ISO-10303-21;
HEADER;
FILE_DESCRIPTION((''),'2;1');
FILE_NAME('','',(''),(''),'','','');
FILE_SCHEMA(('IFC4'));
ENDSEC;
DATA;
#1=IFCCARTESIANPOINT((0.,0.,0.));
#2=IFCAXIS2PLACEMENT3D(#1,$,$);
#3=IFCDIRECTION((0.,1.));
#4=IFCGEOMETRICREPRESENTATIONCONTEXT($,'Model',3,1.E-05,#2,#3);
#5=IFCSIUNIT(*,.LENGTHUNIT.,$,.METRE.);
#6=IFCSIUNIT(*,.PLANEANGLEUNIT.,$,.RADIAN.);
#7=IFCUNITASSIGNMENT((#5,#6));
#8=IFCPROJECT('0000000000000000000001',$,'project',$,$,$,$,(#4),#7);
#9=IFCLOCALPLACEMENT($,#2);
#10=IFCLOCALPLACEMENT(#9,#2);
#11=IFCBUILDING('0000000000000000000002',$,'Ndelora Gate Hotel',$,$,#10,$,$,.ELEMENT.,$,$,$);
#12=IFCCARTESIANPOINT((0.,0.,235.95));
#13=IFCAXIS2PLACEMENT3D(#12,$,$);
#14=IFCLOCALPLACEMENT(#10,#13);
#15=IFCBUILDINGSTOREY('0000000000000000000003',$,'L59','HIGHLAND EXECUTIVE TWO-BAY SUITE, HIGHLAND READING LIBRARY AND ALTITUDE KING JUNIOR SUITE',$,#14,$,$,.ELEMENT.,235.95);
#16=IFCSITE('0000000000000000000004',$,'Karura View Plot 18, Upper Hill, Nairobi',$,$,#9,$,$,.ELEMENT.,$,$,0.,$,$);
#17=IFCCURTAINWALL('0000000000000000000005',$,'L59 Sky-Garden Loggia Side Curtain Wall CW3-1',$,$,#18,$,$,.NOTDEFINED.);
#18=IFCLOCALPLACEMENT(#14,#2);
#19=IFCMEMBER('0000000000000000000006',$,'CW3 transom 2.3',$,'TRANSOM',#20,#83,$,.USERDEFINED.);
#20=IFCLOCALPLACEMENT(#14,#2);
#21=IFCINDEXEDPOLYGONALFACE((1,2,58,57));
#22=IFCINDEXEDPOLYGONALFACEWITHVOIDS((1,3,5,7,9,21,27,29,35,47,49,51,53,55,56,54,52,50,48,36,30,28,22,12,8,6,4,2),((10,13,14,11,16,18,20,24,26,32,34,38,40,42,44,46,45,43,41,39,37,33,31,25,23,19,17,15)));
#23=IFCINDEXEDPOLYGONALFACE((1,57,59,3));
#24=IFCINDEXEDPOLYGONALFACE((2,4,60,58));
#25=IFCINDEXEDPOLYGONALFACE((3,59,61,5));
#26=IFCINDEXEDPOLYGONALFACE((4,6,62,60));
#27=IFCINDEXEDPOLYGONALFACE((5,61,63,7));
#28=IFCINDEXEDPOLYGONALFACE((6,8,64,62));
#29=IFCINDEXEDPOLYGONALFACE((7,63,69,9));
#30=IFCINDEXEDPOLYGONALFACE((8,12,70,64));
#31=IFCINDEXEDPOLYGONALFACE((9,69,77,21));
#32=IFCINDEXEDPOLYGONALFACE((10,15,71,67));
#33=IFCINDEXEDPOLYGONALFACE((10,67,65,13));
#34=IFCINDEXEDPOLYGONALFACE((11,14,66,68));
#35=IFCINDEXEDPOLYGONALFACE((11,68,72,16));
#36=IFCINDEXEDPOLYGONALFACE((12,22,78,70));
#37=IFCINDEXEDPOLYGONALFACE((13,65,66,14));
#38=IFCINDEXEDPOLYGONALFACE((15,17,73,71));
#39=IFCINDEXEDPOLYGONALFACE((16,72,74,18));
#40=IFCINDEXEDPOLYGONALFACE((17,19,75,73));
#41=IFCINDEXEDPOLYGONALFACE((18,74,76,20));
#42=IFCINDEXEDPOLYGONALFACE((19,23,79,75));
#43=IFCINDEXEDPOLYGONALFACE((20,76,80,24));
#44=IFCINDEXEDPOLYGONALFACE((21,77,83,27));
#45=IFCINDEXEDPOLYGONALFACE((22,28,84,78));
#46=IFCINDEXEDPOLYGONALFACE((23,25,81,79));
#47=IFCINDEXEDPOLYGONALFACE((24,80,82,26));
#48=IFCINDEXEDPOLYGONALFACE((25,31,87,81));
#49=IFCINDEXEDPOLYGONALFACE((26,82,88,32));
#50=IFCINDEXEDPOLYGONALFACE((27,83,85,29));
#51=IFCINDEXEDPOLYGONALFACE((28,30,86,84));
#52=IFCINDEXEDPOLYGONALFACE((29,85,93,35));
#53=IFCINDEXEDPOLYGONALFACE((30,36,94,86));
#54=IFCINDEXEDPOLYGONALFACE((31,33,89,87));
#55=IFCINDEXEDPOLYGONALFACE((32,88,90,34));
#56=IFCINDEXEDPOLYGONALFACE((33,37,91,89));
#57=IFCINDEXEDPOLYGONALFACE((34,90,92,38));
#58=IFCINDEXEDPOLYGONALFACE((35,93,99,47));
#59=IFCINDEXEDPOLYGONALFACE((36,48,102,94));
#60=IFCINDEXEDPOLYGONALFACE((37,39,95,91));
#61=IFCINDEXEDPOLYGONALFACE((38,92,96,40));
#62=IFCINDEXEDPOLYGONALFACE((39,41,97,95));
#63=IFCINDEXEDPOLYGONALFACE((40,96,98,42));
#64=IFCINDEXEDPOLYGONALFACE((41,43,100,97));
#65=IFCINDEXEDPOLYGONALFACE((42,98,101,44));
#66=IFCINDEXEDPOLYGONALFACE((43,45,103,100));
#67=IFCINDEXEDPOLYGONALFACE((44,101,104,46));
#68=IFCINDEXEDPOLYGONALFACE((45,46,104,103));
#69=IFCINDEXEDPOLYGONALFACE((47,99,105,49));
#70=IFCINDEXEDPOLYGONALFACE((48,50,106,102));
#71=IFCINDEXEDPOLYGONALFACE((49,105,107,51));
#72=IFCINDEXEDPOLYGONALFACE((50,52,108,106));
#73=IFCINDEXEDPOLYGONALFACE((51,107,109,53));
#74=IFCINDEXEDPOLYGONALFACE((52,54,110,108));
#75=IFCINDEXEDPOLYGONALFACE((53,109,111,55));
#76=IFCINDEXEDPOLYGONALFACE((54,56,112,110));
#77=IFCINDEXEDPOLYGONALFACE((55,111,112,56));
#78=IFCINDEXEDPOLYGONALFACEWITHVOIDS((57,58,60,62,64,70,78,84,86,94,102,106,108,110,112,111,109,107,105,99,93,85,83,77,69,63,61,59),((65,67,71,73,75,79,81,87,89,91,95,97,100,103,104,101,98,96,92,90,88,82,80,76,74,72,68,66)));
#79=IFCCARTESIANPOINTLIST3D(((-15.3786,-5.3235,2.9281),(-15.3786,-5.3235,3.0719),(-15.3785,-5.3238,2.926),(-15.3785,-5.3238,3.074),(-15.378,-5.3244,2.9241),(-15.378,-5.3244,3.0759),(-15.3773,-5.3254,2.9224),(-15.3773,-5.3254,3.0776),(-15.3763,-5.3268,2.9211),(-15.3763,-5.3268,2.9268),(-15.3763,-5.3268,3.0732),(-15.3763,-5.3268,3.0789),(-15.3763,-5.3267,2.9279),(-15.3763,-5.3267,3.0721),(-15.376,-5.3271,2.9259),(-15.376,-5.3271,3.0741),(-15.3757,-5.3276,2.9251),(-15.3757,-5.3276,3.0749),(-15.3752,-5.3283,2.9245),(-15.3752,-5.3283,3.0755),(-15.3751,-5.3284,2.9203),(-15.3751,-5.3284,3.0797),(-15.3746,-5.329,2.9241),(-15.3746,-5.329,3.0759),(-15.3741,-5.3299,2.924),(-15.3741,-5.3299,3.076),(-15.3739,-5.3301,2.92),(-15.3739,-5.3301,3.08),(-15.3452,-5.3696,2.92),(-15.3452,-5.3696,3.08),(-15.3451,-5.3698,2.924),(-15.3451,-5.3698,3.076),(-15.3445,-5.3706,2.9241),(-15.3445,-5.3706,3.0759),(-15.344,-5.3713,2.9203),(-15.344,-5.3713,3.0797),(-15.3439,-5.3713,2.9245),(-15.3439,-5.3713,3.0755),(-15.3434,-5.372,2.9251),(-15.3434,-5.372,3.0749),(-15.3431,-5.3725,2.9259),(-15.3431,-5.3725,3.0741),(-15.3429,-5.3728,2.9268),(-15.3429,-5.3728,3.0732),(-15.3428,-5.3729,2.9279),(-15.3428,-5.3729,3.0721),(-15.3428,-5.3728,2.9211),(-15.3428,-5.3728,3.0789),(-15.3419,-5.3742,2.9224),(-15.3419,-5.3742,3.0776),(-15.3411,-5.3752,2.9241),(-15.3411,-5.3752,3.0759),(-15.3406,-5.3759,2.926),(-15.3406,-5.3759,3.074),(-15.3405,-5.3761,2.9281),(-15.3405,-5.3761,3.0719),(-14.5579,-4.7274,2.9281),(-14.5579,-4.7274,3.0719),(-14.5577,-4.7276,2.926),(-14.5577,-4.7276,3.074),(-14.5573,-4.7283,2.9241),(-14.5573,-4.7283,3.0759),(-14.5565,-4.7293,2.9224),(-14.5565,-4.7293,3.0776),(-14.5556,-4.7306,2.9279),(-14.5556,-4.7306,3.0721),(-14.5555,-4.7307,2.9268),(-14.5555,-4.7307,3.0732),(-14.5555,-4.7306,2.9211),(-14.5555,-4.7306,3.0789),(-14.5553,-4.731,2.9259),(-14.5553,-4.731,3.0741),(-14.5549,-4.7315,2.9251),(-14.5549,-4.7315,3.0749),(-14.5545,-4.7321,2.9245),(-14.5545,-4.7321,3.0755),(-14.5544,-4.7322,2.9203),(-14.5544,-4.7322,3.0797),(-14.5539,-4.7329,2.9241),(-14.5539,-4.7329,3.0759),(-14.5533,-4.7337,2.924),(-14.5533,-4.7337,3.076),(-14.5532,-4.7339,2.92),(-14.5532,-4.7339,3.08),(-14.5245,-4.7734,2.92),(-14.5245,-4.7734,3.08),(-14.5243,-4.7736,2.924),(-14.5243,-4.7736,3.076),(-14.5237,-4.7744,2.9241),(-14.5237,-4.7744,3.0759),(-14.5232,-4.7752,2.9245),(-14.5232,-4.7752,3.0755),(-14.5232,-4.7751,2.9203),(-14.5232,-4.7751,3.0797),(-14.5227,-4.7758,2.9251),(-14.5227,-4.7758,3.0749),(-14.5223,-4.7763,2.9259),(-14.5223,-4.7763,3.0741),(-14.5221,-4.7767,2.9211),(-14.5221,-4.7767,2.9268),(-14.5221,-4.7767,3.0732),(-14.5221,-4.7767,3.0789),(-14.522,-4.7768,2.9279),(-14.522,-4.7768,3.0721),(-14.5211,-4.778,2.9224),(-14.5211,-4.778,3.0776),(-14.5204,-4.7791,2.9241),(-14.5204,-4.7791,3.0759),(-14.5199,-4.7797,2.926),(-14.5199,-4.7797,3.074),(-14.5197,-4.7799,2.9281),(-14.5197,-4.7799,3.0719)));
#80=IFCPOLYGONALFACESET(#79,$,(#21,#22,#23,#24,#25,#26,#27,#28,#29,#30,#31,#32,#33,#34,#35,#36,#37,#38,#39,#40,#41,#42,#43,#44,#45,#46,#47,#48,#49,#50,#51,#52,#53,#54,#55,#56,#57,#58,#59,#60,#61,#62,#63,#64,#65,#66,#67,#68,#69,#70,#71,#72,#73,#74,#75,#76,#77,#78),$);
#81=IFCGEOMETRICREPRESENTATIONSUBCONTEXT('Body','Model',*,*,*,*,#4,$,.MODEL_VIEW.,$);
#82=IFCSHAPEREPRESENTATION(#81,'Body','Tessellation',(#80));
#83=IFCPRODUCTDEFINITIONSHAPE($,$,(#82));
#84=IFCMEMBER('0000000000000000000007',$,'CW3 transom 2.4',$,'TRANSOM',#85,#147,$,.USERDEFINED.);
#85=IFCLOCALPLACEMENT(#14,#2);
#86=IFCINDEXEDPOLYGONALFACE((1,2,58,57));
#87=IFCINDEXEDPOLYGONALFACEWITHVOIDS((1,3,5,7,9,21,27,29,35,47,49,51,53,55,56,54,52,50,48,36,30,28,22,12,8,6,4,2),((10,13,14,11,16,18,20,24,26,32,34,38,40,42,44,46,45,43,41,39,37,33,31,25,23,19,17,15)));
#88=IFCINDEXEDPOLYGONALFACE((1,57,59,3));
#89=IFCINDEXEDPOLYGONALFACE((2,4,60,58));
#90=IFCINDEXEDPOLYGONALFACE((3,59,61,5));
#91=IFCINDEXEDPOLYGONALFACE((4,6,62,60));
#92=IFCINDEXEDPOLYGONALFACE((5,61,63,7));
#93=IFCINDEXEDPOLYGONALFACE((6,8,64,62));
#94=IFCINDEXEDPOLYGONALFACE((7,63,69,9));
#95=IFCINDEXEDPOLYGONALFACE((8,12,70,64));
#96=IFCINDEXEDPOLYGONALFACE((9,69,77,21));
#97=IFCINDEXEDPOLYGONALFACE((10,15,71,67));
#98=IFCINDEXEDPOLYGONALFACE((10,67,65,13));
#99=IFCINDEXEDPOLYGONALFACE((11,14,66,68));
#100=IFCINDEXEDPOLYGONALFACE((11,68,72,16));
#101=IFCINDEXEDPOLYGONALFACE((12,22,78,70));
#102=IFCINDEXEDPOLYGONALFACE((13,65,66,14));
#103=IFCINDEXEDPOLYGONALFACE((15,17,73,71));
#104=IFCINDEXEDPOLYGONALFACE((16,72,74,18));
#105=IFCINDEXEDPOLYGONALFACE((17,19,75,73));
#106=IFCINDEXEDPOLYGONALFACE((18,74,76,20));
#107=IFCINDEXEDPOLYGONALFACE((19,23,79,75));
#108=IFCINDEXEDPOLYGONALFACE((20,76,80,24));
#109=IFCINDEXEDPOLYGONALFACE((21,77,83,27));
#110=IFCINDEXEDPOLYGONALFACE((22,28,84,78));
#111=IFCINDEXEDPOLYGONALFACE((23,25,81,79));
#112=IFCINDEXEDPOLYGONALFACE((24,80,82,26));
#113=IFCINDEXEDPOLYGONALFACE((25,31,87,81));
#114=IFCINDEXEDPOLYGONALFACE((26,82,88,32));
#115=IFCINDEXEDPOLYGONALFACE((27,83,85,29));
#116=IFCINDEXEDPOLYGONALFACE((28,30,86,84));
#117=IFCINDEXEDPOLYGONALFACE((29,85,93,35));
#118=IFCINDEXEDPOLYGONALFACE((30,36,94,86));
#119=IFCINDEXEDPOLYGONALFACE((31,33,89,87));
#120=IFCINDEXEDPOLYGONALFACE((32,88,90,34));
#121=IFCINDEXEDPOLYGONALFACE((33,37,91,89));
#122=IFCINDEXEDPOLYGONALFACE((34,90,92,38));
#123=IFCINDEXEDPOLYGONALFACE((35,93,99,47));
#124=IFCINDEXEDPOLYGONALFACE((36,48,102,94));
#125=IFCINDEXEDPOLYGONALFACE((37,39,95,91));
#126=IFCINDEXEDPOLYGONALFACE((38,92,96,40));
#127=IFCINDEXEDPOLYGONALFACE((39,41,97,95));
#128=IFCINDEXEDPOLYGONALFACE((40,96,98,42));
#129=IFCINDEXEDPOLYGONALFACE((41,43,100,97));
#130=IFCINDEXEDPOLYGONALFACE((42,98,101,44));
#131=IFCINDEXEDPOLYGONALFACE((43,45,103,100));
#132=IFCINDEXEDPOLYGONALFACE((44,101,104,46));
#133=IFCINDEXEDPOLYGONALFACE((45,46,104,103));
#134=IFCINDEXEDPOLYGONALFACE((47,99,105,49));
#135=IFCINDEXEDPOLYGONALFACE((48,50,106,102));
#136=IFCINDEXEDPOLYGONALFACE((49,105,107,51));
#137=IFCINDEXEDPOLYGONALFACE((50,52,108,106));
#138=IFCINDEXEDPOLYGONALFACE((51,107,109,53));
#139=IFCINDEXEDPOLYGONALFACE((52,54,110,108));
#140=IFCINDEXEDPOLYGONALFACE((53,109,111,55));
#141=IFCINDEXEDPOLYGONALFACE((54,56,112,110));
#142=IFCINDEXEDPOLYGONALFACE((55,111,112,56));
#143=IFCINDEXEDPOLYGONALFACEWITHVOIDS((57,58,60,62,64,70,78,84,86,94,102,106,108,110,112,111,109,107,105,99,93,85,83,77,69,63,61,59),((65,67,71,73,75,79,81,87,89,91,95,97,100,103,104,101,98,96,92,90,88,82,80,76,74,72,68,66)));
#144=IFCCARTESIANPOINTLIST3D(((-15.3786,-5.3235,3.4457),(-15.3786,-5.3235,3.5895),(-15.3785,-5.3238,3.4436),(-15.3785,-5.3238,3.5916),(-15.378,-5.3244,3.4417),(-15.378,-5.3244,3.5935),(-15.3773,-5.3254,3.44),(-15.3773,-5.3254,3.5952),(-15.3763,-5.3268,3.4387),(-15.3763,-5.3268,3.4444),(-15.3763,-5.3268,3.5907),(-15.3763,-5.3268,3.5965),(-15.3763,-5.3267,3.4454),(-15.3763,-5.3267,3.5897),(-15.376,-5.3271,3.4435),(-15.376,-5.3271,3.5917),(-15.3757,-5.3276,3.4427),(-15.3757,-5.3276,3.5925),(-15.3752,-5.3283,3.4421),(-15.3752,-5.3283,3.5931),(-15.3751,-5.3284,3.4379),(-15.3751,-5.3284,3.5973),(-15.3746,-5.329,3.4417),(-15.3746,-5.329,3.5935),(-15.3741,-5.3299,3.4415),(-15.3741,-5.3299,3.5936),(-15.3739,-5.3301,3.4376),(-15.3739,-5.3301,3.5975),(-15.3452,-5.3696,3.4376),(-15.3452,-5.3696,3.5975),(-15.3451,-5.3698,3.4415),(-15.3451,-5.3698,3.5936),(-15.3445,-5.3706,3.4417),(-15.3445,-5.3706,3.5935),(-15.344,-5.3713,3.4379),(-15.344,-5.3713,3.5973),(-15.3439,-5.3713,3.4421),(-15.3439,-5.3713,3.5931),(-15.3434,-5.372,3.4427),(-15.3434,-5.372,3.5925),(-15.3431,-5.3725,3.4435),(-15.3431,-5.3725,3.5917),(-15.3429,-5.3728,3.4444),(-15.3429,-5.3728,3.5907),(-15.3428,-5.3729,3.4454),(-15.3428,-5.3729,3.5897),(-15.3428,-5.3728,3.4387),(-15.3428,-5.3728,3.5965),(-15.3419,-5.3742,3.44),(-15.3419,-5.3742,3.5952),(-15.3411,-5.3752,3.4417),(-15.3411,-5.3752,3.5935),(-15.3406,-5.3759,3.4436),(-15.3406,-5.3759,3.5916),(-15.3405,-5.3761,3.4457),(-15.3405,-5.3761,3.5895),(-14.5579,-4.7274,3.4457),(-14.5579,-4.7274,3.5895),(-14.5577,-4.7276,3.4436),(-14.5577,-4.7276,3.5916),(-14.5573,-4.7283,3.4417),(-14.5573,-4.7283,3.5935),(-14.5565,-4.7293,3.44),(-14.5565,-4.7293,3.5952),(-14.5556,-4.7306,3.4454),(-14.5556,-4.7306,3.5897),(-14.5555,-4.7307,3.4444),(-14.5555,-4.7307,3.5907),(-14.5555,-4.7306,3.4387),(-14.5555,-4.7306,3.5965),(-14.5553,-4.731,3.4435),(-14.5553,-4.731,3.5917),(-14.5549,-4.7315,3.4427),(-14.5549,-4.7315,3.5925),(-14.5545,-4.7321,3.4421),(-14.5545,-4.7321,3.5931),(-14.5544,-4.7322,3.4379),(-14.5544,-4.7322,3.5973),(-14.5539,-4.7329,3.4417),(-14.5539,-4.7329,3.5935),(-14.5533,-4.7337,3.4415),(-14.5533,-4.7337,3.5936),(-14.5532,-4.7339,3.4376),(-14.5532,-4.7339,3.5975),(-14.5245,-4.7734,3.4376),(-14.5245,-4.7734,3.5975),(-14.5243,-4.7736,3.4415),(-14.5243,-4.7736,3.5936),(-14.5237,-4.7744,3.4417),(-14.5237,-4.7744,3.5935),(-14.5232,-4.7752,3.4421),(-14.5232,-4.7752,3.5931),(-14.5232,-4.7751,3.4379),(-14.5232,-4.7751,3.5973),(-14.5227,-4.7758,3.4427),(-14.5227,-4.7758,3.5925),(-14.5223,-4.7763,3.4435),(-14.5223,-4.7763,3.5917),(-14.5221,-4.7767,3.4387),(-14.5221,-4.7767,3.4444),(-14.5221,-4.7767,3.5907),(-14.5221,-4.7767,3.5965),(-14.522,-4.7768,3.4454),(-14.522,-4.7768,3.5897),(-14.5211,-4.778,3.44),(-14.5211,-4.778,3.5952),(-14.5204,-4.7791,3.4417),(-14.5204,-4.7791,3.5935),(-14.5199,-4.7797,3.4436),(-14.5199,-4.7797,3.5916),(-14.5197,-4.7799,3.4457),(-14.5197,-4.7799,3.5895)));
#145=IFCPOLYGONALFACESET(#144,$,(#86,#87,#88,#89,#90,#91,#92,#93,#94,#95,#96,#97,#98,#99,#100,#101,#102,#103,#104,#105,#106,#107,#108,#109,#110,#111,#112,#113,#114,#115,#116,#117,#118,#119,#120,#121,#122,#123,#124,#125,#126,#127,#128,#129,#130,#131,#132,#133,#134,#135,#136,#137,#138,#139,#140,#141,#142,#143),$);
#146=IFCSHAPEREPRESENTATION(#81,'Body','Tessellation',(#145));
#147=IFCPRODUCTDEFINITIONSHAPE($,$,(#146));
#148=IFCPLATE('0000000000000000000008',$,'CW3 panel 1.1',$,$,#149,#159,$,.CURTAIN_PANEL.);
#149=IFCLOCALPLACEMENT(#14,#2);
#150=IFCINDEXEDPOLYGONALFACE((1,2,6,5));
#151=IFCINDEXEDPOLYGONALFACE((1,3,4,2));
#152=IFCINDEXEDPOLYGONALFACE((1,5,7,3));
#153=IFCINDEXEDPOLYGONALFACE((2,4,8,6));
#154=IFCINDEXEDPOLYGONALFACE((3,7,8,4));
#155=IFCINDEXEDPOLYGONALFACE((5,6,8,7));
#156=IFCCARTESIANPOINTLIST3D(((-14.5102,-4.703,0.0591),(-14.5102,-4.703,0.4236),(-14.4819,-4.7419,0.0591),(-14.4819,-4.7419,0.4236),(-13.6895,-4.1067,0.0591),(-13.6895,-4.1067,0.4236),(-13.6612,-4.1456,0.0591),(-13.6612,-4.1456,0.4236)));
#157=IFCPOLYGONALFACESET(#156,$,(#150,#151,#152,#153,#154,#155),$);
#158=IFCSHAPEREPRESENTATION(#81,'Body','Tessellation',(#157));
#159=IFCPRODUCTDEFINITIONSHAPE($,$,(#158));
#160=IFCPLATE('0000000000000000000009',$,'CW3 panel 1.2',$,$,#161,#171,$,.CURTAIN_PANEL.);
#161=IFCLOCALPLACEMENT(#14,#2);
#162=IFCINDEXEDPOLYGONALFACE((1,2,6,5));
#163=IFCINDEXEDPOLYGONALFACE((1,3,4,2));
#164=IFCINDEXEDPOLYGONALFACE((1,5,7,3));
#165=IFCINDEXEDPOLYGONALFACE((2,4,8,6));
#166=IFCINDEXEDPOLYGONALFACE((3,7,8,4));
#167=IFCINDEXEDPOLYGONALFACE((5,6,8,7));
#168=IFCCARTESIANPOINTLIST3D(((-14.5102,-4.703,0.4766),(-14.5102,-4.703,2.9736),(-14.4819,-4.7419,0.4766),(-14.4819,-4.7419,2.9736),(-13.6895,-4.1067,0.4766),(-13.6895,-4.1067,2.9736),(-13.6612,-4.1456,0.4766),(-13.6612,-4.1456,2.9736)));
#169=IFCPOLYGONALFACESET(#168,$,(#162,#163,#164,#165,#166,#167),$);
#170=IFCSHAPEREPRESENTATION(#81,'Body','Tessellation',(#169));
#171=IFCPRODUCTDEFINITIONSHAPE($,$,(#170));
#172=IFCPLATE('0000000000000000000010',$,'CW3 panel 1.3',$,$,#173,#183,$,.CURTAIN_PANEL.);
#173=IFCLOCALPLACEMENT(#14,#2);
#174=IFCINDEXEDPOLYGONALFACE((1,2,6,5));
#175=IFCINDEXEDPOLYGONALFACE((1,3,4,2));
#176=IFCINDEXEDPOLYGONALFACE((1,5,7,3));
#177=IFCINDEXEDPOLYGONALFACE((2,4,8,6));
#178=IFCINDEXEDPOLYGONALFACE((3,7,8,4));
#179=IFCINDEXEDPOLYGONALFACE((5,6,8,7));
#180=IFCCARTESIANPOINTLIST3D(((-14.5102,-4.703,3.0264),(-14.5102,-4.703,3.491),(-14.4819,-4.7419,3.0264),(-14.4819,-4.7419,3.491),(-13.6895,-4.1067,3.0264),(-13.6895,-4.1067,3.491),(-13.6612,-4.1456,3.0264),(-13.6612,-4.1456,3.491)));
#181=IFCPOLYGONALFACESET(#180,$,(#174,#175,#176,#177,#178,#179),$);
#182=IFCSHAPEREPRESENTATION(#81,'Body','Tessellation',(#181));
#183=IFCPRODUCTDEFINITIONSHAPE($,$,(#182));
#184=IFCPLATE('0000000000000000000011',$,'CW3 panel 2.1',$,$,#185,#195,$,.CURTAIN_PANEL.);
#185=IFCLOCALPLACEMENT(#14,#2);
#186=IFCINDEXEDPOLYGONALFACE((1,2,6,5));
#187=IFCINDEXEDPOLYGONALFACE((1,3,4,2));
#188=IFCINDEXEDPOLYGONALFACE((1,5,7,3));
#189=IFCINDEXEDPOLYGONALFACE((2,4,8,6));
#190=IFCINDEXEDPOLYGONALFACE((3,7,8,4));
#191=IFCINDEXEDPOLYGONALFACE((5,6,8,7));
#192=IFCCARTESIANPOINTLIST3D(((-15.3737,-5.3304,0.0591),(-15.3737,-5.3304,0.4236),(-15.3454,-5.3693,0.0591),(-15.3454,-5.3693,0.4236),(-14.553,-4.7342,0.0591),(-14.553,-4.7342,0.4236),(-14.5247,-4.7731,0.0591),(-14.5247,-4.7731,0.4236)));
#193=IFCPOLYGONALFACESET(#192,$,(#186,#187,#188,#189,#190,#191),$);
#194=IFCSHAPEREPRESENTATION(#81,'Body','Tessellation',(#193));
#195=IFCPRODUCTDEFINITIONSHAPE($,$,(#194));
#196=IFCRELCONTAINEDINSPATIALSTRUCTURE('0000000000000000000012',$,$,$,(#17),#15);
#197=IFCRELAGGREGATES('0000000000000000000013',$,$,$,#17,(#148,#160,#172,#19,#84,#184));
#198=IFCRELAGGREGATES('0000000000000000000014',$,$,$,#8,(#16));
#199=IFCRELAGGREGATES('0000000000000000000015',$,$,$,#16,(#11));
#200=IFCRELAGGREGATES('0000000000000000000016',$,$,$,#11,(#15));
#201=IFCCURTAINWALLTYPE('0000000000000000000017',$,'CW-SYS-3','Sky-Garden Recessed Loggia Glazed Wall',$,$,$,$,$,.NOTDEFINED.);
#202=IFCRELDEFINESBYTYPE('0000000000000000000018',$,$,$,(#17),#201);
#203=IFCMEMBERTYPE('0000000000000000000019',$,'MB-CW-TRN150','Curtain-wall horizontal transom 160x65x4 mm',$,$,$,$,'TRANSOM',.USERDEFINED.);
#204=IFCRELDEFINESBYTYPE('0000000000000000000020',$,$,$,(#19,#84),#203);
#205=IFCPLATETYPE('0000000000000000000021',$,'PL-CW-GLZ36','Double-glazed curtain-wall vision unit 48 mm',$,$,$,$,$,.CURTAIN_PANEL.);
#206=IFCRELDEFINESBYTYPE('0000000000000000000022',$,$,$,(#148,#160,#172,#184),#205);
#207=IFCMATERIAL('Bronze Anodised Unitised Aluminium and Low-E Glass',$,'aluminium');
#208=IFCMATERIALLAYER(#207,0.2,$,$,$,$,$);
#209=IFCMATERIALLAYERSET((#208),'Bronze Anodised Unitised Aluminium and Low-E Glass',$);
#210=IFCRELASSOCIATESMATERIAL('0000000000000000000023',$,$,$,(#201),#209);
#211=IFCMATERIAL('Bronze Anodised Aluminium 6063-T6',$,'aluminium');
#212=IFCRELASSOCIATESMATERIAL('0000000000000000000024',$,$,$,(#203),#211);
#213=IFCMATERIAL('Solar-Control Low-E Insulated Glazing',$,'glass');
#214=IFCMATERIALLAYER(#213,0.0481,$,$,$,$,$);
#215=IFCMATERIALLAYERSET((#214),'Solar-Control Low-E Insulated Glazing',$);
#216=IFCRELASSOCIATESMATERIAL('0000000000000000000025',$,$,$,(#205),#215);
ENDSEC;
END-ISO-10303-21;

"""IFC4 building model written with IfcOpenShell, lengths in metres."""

from ifc_helpers import new_model, si_unit, direction, frame, origin, origin_2d, place, context, subcontext, project, spatial, rectangle, hollow_rectangle, extrude, material, layer, layer_set, material_profile, profile_set, type_object, element, aggregate, save


model = new_model("IFC4")

# Units and contexts
model_context = context("Model", 3, precision=1e-05, world=origin(), true_north=direction((0.0, 1.0)))
body_context = subcontext(model_context, "Body", "Model", "MODEL_VIEW")
ifc_project = project(units=[si_unit("LENGTHUNIT", "METRE"), si_unit("PLANEANGLEUNIT", "RADIAN")], contexts=[model_context])

# Site, building, storey
site_placement = place(None, origin())
site = spatial("IfcSite", under=ifc_project, at=site_placement, Name="Karura View Plot 18, Upper Hill, Nairobi", CompositionType="ELEMENT", RefElevation=0.0)
building_placement = place(site_placement, origin())
building = spatial("IfcBuilding", under=site, at=building_placement, Name="Ndelora Gate Hotel", CompositionType="ELEMENT")
storey_placement = place(building_placement, frame((0.0, 0.0, 235.95)))
storey = spatial("IfcBuildingStorey", under=building, at=storey_placement, Name="L59", Description="HIGHLAND EXECUTIVE TWO-BAY SUITE, HIGHLAND READING LIBRARY AND ALTITUDE KING JUNIOR SUITE", CompositionType="ELEMENT", Elevation=235.95)

# Curtain wall, members, plates
ifc_material_1 = material(Name="Bronze Anodised Unitised Aluminium and Low-E Glass", Category="aluminium")
ifc_layer_1 = layer(ifc_material_1, 0.2)
ifc_layer_set_1 = layer_set([ifc_layer_1], Name="Bronze Anodised Unitised Aluminium and Low-E Glass")
curtain_wall_type = type_object("IfcCurtainWallType", Name="CW-SYS-3", Description="Sky-Garden Recessed Loggia Glazed Wall", PredefinedType="NOTDEFINED", material=ifc_layer_set_1)
curtain_wall_placement = place(storey_placement, origin())
curtain_wall = element("IfcCurtainWall", 1, at=curtain_wall_placement, inside=storey, type_object=curtain_wall_type, Name="L59 Sky-Garden Loggia Side Curtain Wall CW3-1", PredefinedType="NOTDEFINED")
ifc_material_2 = material(Name="Bronze Anodised Aluminium 6063-T6", Category="aluminium")
ifc_material_profile_1 = material_profile(ifc_material_2, hollow_rectangle(XDim=0.0649, YDim=0.1599, WallThickness=0.0039, InnerFilletRadius=0.0039, OuterFilletRadius=0.0081, at=origin_2d()), Name="ALU 160x65x4")
ifc_profile_set_1 = profile_set([ifc_material_profile_1], Name="Bronze Anodised Aluminium 6063-T6")
member_type_1 = type_object("IfcMemberType", Name="MB-CW-TRN150", Description="Curtain-wall horizontal transom 160x65x4 mm", ElementType="TRANSOM", PredefinedType="USERDEFINED", material=ifc_profile_set_1)
member_1_placement = place(storey_placement, frame((-14.5388, -4.7537, 3.0), z_axis=(-0.80909, -0.587685, 0.0), x_axis=(0.587685, -0.80909, 0.0)))
member_1 = element("IfcMember", 2, at=member_1_placement, type_object=member_type_1, Name="CW3 transom 2.3", ObjectType="TRANSOM", PredefinedType="USERDEFINED", context=body_context, shape_type="SweptSolid", body=[
    extrude(hollow_rectangle(XDim=0.0649, YDim=0.1599, WallThickness=0.0039, InnerFilletRadius=0.0039, OuterFilletRadius=0.0081, at=origin_2d()), origin(), (0.0, 0.0, 1.0), 1.0144),
])
member_2_placement = place(storey_placement, frame((-14.5388, -4.7537, 3.5176), z_axis=(-0.80909, -0.587685, 0.0), x_axis=(0.587685, -0.80909, 0.0)))
member_2 = element("IfcMember", 3, at=member_2_placement, type_object=member_type_1, Name="CW3 transom 2.4", ObjectType="TRANSOM", PredefinedType="USERDEFINED", context=body_context, shape_type="SweptSolid", body=[
    extrude(hollow_rectangle(XDim=0.0649, YDim=0.1599, WallThickness=0.0039, InnerFilletRadius=0.0039, OuterFilletRadius=0.0081, at=origin_2d()), origin(), (0.0, 0.0, 1.0), 1.0144),
])
ifc_material_3 = material(Name="Solar-Control Low-E Insulated Glazing", Category="glass")
ifc_layer_2 = layer(ifc_material_3, 0.0481)
ifc_layer_set_2 = layer_set([ifc_layer_2], Name="Solar-Control Low-E Insulated Glazing")
plate_type = type_object("IfcPlateType", Name="PL-CW-GLZ36", Description="Double-glazed curtain-wall vision unit 48 mm", PredefinedType="CURTAIN_PANEL", material=ifc_layer_set_2)
plate_1_placement = place(storey_placement, frame((-14.0857, -4.4243, 0.0591), z_axis=(0.0, 0.0, 1.0), x_axis=(-0.809017, -0.587785, 0.0)))
plate_1 = element("IfcPlate", 4, at=plate_1_placement, type_object=plate_type, Name="CW3 panel 1.1", PredefinedType="CURTAIN_PANEL", context=body_context, shape_type="SweptSolid", body=[
    extrude(rectangle(XDim=1.0144, YDim=0.0481, at=origin_2d()), origin(), (0.0, 0.0, 1.0), 0.3645),
])
plate_2_placement = place(storey_placement, frame((-14.0857, -4.4243, 0.4766), z_axis=(0.0, 0.0, 1.0), x_axis=(-0.809017, -0.587785, 0.0)))
plate_2 = element("IfcPlate", 5, at=plate_2_placement, type_object=plate_type, Name="CW3 panel 1.2", PredefinedType="CURTAIN_PANEL", context=body_context, shape_type="SweptSolid", body=[
    extrude(rectangle(XDim=1.0144, YDim=0.0481, at=origin_2d()), origin(), (0.0, 0.0, 1.0), 2.4971),
])
plate_3_placement = place(storey_placement, frame((-14.0857, -4.4243, 3.0264), z_axis=(0.0, 0.0, 1.0), x_axis=(-0.809017, -0.587785, 0.0)))
plate_3 = element("IfcPlate", 6, at=plate_3_placement, type_object=plate_type, Name="CW3 panel 1.3", PredefinedType="CURTAIN_PANEL", context=body_context, shape_type="SweptSolid", body=[
    extrude(rectangle(XDim=1.0144, YDim=0.0481, at=origin_2d()), origin(), (0.0, 0.0, 1.0), 0.4646),
])
plate_4_placement = place(storey_placement, frame((-14.9492, -5.0518, 0.0591), z_axis=(0.0, 0.0, 1.0), x_axis=(-0.809017, -0.587785, 0.0)))
plate_4 = element("IfcPlate", 7, at=plate_4_placement, type_object=plate_type, Name="CW3 panel 2.1", PredefinedType="CURTAIN_PANEL", context=body_context, shape_type="SweptSolid", body=[
    extrude(rectangle(XDim=1.0144, YDim=0.0481, at=origin_2d()), origin(), (0.0, 0.0, 1.0), 0.3645),
])
aggregate(curtain_wall, [plate_1, plate_2, plate_3, member_1, member_2, plate_4])

save(model, "model.ifc")
